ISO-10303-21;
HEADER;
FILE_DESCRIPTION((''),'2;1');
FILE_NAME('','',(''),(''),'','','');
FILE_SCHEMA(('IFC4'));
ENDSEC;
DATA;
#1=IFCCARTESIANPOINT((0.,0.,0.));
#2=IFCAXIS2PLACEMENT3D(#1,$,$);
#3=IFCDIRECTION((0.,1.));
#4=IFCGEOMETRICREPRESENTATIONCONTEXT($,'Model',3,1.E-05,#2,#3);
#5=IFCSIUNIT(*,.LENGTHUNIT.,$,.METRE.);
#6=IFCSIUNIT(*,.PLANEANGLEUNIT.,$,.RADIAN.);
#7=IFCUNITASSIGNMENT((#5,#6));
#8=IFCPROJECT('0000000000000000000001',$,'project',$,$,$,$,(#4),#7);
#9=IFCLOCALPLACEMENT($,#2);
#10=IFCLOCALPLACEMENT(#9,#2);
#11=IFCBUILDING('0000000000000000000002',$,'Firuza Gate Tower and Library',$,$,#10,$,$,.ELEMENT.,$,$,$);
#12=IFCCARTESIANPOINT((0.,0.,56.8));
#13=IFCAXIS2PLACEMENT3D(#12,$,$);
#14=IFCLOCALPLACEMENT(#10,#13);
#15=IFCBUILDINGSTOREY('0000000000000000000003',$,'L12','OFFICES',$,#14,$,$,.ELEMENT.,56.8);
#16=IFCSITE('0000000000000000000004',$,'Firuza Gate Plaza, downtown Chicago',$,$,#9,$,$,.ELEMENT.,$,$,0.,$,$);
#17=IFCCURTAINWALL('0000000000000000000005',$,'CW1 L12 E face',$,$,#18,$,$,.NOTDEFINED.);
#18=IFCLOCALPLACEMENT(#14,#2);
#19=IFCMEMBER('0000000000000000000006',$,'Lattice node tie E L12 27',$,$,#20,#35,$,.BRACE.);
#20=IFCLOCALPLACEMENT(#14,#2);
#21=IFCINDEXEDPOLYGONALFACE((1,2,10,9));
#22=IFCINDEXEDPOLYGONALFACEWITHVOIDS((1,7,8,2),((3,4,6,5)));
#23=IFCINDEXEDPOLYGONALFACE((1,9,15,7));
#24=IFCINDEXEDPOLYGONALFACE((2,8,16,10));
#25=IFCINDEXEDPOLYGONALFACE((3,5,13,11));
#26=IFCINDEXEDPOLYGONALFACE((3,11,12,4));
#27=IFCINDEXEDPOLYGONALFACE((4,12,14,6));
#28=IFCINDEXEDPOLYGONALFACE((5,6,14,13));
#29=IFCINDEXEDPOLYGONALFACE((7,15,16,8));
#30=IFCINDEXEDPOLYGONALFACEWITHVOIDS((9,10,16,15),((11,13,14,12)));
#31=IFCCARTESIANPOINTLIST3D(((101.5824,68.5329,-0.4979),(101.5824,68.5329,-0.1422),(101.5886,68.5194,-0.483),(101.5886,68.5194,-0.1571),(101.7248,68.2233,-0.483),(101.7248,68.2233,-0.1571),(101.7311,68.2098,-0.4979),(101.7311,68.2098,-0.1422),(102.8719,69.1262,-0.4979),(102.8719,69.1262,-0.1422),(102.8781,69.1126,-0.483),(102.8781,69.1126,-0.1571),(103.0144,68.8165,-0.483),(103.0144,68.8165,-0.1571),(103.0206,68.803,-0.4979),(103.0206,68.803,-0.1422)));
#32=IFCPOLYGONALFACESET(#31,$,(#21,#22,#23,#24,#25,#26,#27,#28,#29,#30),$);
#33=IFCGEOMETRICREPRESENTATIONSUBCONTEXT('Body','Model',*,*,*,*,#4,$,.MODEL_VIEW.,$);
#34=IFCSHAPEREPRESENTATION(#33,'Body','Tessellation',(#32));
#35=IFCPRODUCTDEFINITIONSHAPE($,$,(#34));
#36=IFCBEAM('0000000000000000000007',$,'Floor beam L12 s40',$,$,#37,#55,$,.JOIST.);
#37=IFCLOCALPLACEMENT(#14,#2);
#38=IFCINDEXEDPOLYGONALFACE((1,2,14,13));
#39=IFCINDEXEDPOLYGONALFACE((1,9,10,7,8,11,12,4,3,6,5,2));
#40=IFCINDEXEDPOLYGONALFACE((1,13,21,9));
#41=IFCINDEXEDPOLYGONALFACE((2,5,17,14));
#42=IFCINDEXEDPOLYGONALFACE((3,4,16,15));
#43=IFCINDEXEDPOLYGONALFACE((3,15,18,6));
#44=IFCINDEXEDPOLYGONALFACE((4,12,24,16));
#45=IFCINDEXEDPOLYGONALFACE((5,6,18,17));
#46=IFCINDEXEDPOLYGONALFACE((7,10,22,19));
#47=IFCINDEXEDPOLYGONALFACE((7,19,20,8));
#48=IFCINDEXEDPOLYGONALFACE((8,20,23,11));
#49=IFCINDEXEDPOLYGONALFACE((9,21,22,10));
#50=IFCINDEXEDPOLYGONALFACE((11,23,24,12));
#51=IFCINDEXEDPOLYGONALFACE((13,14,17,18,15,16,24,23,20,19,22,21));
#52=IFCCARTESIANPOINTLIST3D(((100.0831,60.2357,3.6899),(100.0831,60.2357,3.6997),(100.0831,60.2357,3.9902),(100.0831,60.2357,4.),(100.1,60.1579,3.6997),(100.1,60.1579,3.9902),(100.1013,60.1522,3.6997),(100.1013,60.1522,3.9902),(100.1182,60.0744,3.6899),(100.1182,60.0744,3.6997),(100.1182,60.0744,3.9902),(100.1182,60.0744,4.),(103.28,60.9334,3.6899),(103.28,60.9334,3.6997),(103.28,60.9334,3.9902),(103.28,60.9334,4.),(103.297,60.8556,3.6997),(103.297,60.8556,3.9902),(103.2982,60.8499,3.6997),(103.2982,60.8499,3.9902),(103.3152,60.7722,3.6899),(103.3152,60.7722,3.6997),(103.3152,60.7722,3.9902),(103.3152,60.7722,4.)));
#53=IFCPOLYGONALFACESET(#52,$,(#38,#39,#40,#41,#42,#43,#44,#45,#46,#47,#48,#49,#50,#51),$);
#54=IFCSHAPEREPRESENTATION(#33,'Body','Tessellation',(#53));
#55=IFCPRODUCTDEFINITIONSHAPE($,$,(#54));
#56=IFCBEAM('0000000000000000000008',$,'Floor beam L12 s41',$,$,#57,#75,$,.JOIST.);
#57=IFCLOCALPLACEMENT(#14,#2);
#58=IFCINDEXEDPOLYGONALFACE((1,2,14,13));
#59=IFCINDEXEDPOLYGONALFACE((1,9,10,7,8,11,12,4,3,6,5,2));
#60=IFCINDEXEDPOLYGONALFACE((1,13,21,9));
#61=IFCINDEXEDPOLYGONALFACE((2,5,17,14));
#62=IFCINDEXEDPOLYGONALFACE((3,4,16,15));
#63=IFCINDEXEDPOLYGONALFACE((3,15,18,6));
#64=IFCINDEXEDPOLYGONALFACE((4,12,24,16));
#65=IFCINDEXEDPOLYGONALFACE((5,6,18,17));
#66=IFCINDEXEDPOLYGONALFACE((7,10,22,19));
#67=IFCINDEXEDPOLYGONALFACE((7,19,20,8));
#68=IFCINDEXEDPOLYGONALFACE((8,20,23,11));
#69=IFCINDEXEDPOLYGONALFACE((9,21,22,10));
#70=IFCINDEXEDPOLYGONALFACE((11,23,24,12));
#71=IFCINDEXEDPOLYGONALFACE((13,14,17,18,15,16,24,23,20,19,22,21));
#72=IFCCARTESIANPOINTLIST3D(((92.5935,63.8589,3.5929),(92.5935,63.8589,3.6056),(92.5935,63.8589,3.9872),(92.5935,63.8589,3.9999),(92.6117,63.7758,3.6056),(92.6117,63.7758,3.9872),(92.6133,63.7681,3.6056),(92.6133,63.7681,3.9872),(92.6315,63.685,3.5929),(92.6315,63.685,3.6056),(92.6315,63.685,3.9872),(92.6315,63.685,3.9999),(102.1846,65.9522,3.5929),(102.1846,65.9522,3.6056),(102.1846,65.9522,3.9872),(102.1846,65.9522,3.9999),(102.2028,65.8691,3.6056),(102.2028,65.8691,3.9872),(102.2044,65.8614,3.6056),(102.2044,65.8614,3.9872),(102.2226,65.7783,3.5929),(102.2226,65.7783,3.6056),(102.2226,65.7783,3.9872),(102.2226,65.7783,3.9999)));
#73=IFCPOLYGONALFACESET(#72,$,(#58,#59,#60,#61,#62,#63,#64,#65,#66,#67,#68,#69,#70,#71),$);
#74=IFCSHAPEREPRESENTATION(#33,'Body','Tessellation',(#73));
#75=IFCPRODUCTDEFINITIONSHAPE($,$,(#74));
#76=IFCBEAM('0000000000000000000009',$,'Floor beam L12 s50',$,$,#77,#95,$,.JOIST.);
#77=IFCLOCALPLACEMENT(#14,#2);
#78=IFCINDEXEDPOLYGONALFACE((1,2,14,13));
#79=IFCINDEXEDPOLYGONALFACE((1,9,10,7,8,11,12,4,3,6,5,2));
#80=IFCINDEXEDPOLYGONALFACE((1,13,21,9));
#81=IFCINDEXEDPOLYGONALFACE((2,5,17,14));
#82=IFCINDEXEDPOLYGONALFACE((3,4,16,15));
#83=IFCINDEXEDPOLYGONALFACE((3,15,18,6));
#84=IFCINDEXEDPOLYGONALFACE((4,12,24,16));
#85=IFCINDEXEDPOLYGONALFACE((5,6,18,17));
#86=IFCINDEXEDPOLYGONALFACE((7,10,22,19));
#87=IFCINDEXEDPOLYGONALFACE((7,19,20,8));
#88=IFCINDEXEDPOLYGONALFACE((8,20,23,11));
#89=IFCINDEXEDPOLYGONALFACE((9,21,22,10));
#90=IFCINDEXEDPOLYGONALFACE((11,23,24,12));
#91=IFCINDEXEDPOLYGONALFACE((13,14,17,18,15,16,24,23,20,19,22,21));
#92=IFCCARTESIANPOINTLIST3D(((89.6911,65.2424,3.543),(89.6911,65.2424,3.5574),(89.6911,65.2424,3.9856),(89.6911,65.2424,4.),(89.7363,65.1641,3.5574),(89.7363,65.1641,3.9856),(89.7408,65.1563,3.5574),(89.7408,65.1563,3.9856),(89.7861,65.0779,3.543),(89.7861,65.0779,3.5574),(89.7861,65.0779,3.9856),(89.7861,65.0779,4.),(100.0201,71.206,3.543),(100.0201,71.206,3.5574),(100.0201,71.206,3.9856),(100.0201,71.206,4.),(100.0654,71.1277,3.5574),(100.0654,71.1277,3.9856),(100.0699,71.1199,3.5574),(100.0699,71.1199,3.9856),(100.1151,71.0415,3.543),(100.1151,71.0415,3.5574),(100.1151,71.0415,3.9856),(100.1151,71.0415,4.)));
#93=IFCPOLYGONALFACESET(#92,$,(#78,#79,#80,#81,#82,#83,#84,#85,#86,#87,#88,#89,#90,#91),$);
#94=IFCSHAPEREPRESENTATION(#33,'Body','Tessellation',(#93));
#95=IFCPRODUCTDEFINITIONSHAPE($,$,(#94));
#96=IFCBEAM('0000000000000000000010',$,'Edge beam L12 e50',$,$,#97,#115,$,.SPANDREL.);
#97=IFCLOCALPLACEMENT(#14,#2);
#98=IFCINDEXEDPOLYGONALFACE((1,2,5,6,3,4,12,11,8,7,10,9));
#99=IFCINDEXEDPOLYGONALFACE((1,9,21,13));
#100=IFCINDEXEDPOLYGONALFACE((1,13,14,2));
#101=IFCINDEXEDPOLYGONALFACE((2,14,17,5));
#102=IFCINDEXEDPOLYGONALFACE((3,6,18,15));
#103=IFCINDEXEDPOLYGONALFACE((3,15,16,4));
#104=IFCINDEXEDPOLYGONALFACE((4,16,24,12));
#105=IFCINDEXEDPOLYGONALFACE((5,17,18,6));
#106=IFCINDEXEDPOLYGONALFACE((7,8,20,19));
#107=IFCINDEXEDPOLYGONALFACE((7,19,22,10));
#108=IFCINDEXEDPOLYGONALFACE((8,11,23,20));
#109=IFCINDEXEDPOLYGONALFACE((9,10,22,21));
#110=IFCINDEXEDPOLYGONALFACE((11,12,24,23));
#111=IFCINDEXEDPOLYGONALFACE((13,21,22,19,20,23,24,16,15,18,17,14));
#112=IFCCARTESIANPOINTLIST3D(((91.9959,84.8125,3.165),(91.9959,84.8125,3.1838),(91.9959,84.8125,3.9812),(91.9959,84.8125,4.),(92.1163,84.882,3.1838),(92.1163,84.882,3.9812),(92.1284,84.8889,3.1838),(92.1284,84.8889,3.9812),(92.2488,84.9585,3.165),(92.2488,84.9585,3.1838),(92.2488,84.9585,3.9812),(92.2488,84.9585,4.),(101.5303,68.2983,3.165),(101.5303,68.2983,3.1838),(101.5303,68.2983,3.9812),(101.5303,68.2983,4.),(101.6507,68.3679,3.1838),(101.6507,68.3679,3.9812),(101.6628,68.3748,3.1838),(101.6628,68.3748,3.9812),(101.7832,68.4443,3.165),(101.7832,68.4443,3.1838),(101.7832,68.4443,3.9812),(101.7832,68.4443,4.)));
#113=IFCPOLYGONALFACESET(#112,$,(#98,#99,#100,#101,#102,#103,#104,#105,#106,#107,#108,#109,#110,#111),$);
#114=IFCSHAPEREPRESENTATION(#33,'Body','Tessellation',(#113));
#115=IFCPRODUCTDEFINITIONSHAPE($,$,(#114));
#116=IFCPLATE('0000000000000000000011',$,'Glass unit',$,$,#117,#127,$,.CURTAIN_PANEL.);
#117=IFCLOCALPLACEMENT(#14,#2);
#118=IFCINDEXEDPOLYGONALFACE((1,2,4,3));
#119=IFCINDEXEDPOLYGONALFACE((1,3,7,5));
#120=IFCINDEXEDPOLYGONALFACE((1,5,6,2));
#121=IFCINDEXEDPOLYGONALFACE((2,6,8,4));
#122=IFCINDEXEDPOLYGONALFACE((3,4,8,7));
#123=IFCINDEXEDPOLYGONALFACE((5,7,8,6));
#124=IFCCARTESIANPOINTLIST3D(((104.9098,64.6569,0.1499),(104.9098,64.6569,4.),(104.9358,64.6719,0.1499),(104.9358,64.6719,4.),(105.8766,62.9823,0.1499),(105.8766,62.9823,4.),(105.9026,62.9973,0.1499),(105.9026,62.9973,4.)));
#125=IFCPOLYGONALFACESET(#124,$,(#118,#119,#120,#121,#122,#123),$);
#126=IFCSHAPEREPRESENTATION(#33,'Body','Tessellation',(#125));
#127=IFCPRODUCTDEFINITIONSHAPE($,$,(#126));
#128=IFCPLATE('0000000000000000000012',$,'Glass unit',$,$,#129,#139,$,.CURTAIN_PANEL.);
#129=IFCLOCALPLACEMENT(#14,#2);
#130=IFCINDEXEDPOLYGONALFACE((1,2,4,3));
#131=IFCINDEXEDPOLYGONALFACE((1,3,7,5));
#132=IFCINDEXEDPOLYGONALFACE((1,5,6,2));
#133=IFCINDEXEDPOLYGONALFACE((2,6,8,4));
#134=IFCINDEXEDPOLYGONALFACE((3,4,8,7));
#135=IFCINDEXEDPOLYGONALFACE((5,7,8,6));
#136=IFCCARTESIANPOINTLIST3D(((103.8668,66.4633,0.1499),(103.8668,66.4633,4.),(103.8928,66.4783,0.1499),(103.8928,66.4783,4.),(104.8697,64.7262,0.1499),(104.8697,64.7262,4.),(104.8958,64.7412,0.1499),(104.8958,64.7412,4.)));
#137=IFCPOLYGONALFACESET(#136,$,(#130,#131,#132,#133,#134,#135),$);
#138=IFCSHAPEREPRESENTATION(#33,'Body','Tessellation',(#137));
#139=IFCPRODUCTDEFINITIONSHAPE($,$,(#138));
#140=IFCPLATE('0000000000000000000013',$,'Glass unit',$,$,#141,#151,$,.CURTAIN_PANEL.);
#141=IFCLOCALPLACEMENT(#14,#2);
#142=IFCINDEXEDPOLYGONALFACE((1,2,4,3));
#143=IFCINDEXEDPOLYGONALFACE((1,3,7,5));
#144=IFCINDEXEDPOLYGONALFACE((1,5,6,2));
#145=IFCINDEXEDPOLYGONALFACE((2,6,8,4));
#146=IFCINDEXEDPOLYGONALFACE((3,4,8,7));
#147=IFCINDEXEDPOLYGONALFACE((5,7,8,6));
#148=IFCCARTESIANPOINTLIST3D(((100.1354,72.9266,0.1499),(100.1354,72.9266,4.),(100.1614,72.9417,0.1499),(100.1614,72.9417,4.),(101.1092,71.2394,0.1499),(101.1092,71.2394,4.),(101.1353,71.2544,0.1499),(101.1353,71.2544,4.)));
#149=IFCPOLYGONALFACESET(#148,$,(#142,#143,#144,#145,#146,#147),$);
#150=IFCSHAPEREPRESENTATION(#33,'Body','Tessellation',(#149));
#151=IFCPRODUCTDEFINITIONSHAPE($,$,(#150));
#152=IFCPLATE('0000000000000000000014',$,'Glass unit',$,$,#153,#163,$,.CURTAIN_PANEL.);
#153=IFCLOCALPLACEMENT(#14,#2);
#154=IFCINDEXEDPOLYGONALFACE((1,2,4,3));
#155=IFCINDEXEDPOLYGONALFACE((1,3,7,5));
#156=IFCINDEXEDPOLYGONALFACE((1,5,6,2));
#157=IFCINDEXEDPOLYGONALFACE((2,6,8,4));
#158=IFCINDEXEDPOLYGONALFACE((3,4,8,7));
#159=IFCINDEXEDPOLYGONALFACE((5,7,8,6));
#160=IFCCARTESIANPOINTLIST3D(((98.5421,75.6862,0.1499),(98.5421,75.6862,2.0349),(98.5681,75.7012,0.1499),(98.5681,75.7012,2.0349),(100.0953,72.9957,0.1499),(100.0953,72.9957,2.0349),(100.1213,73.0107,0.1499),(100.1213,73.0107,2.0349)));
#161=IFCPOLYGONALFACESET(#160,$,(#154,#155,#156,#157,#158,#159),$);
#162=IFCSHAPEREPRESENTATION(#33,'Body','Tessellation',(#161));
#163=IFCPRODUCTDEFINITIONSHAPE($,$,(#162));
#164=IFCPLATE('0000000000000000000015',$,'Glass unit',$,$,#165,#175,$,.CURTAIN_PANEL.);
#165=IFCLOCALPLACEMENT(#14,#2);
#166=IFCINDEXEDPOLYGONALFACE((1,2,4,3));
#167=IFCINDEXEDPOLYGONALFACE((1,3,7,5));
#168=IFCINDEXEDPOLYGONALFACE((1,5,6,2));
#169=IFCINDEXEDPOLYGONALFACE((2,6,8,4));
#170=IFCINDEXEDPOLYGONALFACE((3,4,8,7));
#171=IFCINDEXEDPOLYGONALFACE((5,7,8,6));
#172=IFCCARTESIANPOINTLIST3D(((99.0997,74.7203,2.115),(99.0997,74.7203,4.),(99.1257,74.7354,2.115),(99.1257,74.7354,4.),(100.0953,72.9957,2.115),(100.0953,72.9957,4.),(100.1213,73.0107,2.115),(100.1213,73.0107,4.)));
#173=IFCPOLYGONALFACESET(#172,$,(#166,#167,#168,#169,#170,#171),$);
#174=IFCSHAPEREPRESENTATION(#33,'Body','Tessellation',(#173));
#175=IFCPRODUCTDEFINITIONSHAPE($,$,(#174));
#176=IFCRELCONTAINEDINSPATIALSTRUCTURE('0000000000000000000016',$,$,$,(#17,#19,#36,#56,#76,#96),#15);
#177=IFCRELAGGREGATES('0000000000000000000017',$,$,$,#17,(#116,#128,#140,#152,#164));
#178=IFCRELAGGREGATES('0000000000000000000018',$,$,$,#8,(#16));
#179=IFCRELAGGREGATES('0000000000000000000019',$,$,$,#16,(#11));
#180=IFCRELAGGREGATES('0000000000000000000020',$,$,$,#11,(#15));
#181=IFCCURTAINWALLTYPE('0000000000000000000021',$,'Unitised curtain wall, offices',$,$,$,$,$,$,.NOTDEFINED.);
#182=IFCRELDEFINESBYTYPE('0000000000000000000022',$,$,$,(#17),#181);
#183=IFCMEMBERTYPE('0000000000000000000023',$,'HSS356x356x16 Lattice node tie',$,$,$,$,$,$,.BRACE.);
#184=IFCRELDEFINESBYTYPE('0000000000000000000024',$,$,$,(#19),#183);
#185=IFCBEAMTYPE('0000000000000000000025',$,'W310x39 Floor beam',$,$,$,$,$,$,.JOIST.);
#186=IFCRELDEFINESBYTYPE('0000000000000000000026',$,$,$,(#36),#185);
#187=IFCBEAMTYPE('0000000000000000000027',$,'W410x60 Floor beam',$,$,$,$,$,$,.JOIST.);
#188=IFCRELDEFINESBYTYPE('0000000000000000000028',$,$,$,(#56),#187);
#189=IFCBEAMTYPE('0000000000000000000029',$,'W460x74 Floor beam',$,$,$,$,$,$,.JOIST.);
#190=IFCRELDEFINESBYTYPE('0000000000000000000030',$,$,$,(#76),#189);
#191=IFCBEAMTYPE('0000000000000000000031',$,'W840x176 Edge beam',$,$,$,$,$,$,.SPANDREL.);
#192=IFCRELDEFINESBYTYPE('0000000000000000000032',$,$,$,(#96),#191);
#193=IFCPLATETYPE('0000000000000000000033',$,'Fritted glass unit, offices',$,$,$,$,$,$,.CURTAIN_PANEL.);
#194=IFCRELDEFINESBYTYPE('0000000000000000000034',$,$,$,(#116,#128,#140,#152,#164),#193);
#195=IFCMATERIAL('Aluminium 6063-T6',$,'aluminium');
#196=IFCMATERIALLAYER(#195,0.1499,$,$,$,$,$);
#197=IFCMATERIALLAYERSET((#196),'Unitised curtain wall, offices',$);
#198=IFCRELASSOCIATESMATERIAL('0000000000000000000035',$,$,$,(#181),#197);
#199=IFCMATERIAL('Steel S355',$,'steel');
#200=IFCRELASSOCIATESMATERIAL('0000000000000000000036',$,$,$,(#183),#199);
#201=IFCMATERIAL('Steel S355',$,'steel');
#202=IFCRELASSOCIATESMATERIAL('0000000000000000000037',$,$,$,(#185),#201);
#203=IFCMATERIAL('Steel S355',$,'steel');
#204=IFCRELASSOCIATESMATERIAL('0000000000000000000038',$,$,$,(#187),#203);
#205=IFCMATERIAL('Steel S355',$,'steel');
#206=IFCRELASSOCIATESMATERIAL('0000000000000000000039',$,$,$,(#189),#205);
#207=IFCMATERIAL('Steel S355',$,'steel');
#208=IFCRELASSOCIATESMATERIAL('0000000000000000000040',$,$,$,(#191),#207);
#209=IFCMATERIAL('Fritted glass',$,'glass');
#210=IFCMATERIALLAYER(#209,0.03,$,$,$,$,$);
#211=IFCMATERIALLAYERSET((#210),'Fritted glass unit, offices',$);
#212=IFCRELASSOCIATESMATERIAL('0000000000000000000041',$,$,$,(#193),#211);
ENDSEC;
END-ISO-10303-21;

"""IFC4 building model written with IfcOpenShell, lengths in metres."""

from ifc_helpers import new_model, si_unit, direction, frame, origin, origin_2d, place, context, subcontext, project, spatial, polyline, hollow_rectangle, i_section, outline, extrude, material, layer, layer_set, material_profile, profile_set, type_object, element, aggregate, save


model = new_model("IFC4")

# Units and contexts
model_context = context("Model", 3, precision=1e-05, world=origin(), true_north=direction((0.0, 1.0)))
body_context = subcontext(model_context, "Body", "Model", "MODEL_VIEW")
ifc_project = project(units=[si_unit("LENGTHUNIT", "METRE"), si_unit("PLANEANGLEUNIT", "RADIAN")], contexts=[model_context])

# Site, building, storey
site_placement = place(None, origin())
site = spatial("IfcSite", under=ifc_project, at=site_placement, Name="Firuza Gate Plaza, downtown Chicago", CompositionType="ELEMENT", RefElevation=0.0)
building_placement = place(site_placement, origin())
building = spatial("IfcBuilding", under=site, at=building_placement, Name="Firuza Gate Tower and Library", CompositionType="ELEMENT")
storey_placement = place(building_placement, frame((0.0, 0.0, 56.8)))
storey = spatial("IfcBuildingStorey", under=building, at=storey_placement, Name="L12", Description="OFFICES", CompositionType="ELEMENT", Elevation=56.8)

# Curtain wall
ifc_material_1 = material(Name="Aluminium 6063-T6", Category="aluminium")
ifc_layer_1 = layer(ifc_material_1, 0.1499)
ifc_layer_set_1 = layer_set([ifc_layer_1], Name="Unitised curtain wall, offices")
curtain_wall_type = type_object("IfcCurtainWallType", Name="Unitised curtain wall, offices", PredefinedType="NOTDEFINED", material=ifc_layer_set_1)
curtain_wall_placement = place(storey_placement, origin())
curtain_wall = element("IfcCurtainWall", 1, at=curtain_wall_placement, inside=storey, type_object=curtain_wall_type, Name="CW1 L12 E face", PredefinedType="NOTDEFINED")

# Member
ifc_material_2 = material(Name="Steel S355", Category="steel")
ifc_material_profile_1 = material_profile(ifc_material_2, hollow_rectangle(XDim=0.3557, YDim=0.3557, WallThickness=0.0149, at=origin_2d()))
ifc_profile_set_1 = profile_set([ifc_material_profile_1], Name="Steel S355")
member_type_1 = type_object("IfcMemberType", Name="HSS356x356x16 Lattice node tie", PredefinedType="BRACE", material=ifc_profile_set_1)
member_1_placement = place(storey_placement, frame((101.6567, 68.3713, -0.3201), z_axis=(0.908472, 0.417945, 0.0), x_axis=(-0.417945, 0.908472, 0.0)))
element("IfcMember", 2, at=member_1_placement, inside=storey, type_object=member_type_1, Name="Lattice node tie E L12 27", PredefinedType="BRACE", context=body_context, shape_type="SweptSolid", body=[
    extrude(hollow_rectangle(XDim=0.3557, YDim=0.3557, WallThickness=0.0149, at=origin_2d()), origin(), (0.0, 0.0, 1.0), 1.4194),
])

# Beams
ifc_material_3 = material(Name="Steel S355", Category="steel")
ifc_material_profile_2 = material_profile(ifc_material_3, i_section(OverallWidth=0.165, OverallDepth=0.3101, WebThickness=0.0059, FlangeThickness=0.0098, at=origin_2d()))
ifc_profile_set_2 = profile_set([ifc_material_profile_2], Name="Steel S355")
beam_type_1 = type_object("IfcBeamType", Name="W310x39 Floor beam", PredefinedType="JOIST", material=ifc_profile_set_2)
beam_1_placement = place(storey_placement, frame((103.2976, 60.8528, 3.845), z_axis=(-0.977002, -0.213232, 0.0), x_axis=(0.213232, -0.977002, 0.0)))
element("IfcBeam", 3, at=beam_1_placement, inside=storey, type_object=beam_type_1, Name="Floor beam L12 s40", PredefinedType="JOIST", context=body_context, shape_type="SweptSolid", body=[
    extrude(i_section(OverallWidth=0.165, OverallDepth=0.3101, WebThickness=0.0059, FlangeThickness=0.0098, at=origin_2d()), origin(), (0.0, 0.0, 1.0), 3.2722),
])
ifc_material_4 = material(Name="Steel S355", Category="steel")
ifc_material_profile_3 = material_profile(ifc_material_4, i_section(OverallWidth=0.178, OverallDepth=0.407, WebThickness=0.0078, FlangeThickness=0.0127, at=origin_2d()))
ifc_profile_set_3 = profile_set([ifc_material_profile_3], Name="Steel S355")
beam_type_2 = type_object("IfcBeamType", Name="W410x60 Floor beam", PredefinedType="JOIST", material=ifc_profile_set_3)
beam_2_placement = place(storey_placement, frame((102.2036, 65.8652, 3.7964), z_axis=(-0.977002, -0.213232, 0.0), x_axis=(0.213232, -0.977002, 0.0)))
element("IfcBeam", 4, at=beam_2_placement, inside=storey, type_object=beam_type_2, Name="Floor beam L12 s41", PredefinedType="JOIST", context=body_context, shape_type="SweptSolid", body=[
    extrude(i_section(OverallWidth=0.178, OverallDepth=0.407, WebThickness=0.0078, FlangeThickness=0.0127, at=origin_2d()), origin(), (0.0, 0.0, 1.0), 9.8169),
])
ifc_material_5 = material(Name="Steel S355", Category="steel")
ifc_material_profile_4 = material_profile(ifc_material_5, i_section(OverallWidth=0.1899, OverallDepth=0.457, WebThickness=0.009, FlangeThickness=0.0144, at=origin_2d()))
ifc_profile_set_4 = profile_set([ifc_material_profile_4], Name="Steel S355")
beam_type_3 = type_object("IfcBeamType", Name="W460x74 Floor beam", PredefinedType="JOIST", material=ifc_profile_set_4)
beam_3_placement = place(storey_placement, frame((100.0676, 71.1238, 3.7715), z_axis=(-0.866021, -0.500007, 0.0), x_axis=(0.500007, -0.866021, 0.0)))
element("IfcBeam", 5, at=beam_3_placement, inside=storey, type_object=beam_type_3, Name="Floor beam L12 s50", PredefinedType="JOIST", context=body_context, shape_type="SweptSolid", body=[
    extrude(i_section(OverallWidth=0.1899, OverallDepth=0.457, WebThickness=0.009, FlangeThickness=0.0144, at=origin_2d()), origin(), (0.0, 0.0, 1.0), 11.927),
])
ifc_material_6 = material(Name="Steel S355", Category="steel")
ifc_material_profile_5 = material_profile(ifc_material_6, i_section(OverallWidth=0.292, OverallDepth=0.835, WebThickness=0.0139, FlangeThickness=0.0188, at=origin_2d()))
ifc_profile_set_5 = profile_set([ifc_material_profile_5], Name="Steel S355")
beam_type_4 = type_object("IfcBeamType", Name="W840x176 Edge beam", PredefinedType="SPANDREL", material=ifc_profile_set_5)
beam_4_placement = place(storey_placement, frame((101.6567, 68.3713, 3.5825), z_axis=(-0.499999, 0.866026, 0.0), x_axis=(-0.866026, -0.499999, 0.0)))
element("IfcBeam", 6, at=beam_4_placement, inside=storey, type_object=beam_type_4, Name="Edge beam L12 e50", PredefinedType="SPANDREL", context=body_context, shape_type="SweptSolid", body=[
    extrude(i_section(OverallWidth=0.292, OverallDepth=0.835, WebThickness=0.0139, FlangeThickness=0.0188, at=origin_2d()), origin(), (0.0, 0.0, 1.0), 19.0688),
])

# Plates
ifc_material_7 = material(Name="Fritted glass", Category="glass")
ifc_layer_2 = layer(ifc_material_7, 0.03)
ifc_layer_set_2 = layer_set([ifc_layer_2], Name="Fritted glass unit, offices")
plate_type_1 = type_object("IfcPlateType", Name="Fritted glass unit, offices", PredefinedType="CURTAIN_PANEL", material=ifc_layer_set_2)
plate_1_placement = place(storey_placement, frame((105.9026, 62.9973, 0.1499), z_axis=(0.866028, 0.499996, 0.0), x_axis=(-0.499996, 0.866028, 0.0)))
plate_1 = element("IfcPlate", 7, at=plate_1_placement, type_object=plate_type_1, Name="Glass unit", PredefinedType="CURTAIN_PANEL", context=body_context, shape_type="SweptSolid", body=[
    extrude(outline(polyline([(0.0, 0.0), (1.9336, 0.0), (1.9336, 3.8501), (0.0, 3.8501), (0.0, 0.0)])), origin(), (0.0, 0.0, -1.0), 0.03),
])
plate_2_placement = place(storey_placement, frame((104.8958, 64.7412, 0.1499), z_axis=(0.866017, 0.500014, 0.0), x_axis=(-0.500014, 0.866017, 0.0)))
plate_2 = element("IfcPlate", 8, at=plate_2_placement, type_object=plate_type_1, Name="Glass unit", PredefinedType="CURTAIN_PANEL", context=body_context, shape_type="SweptSolid", body=[
    extrude(outline(polyline([(0.0, 0.0), (2.0058, 0.0), (2.0058, 3.8501), (0.0, 3.8501), (0.0, 0.0)])), origin(), (0.0, 0.0, -1.0), 0.03),
])
plate_3_placement = place(storey_placement, frame((101.1353, 71.2544, 0.1499), z_axis=(0.866083, 0.4999, 0.0), x_axis=(-0.4999, 0.866083, 0.0)))
plate_3 = element("IfcPlate", 9, at=plate_3_placement, type_object=plate_type_1, Name="Glass unit", PredefinedType="CURTAIN_PANEL", context=body_context, shape_type="SweptSolid", body=[
    extrude(outline(polyline([(0.0, 0.0), (1.9481, 0.0), (1.9481, 3.8501), (0.0, 3.8501), (0.0, 0.0)])), origin(), (0.0, 0.0, -1.0), 0.03),
])
plate_4_placement = place(storey_placement, frame((100.1213, 73.0107, 0.1499), z_axis=(0.866039, 0.499976, 0.0), x_axis=(-0.499976, 0.866039, 0.0)))
plate_4 = element("IfcPlate", 10, at=plate_4_placement, type_object=plate_type_1, Name="Glass unit", PredefinedType="CURTAIN_PANEL", context=body_context, shape_type="SweptSolid", body=[
    extrude(outline(polyline([(0.0, 0.0), (3.1066, 0.0), (3.1066, 1.885), (0.0, 1.885), (0.0, 0.0)])), origin(), (0.0, 0.0, -1.0), 0.03),
])
plate_5_placement = place(storey_placement, frame((100.1213, 73.0107, 2.115), z_axis=(0.866047, 0.499963, 0.0), x_axis=(-0.499963, 0.866047, 0.0)))
plate_5 = element("IfcPlate", 11, at=plate_5_placement, type_object=plate_type_1, Name="Glass unit", PredefinedType="CURTAIN_PANEL", context=body_context, shape_type="SweptSolid", body=[
    extrude(outline(polyline([(0.0, 0.0), (1.9914, 0.0), (1.9914, 1.885), (0.0, 1.885), (0.0, 0.0)])), origin(), (0.0, 0.0, -1.0), 0.03),
])
aggregate(curtain_wall, [plate_1, plate_2, plate_3, plate_4, plate_5])

save(model, "model.ifc")
